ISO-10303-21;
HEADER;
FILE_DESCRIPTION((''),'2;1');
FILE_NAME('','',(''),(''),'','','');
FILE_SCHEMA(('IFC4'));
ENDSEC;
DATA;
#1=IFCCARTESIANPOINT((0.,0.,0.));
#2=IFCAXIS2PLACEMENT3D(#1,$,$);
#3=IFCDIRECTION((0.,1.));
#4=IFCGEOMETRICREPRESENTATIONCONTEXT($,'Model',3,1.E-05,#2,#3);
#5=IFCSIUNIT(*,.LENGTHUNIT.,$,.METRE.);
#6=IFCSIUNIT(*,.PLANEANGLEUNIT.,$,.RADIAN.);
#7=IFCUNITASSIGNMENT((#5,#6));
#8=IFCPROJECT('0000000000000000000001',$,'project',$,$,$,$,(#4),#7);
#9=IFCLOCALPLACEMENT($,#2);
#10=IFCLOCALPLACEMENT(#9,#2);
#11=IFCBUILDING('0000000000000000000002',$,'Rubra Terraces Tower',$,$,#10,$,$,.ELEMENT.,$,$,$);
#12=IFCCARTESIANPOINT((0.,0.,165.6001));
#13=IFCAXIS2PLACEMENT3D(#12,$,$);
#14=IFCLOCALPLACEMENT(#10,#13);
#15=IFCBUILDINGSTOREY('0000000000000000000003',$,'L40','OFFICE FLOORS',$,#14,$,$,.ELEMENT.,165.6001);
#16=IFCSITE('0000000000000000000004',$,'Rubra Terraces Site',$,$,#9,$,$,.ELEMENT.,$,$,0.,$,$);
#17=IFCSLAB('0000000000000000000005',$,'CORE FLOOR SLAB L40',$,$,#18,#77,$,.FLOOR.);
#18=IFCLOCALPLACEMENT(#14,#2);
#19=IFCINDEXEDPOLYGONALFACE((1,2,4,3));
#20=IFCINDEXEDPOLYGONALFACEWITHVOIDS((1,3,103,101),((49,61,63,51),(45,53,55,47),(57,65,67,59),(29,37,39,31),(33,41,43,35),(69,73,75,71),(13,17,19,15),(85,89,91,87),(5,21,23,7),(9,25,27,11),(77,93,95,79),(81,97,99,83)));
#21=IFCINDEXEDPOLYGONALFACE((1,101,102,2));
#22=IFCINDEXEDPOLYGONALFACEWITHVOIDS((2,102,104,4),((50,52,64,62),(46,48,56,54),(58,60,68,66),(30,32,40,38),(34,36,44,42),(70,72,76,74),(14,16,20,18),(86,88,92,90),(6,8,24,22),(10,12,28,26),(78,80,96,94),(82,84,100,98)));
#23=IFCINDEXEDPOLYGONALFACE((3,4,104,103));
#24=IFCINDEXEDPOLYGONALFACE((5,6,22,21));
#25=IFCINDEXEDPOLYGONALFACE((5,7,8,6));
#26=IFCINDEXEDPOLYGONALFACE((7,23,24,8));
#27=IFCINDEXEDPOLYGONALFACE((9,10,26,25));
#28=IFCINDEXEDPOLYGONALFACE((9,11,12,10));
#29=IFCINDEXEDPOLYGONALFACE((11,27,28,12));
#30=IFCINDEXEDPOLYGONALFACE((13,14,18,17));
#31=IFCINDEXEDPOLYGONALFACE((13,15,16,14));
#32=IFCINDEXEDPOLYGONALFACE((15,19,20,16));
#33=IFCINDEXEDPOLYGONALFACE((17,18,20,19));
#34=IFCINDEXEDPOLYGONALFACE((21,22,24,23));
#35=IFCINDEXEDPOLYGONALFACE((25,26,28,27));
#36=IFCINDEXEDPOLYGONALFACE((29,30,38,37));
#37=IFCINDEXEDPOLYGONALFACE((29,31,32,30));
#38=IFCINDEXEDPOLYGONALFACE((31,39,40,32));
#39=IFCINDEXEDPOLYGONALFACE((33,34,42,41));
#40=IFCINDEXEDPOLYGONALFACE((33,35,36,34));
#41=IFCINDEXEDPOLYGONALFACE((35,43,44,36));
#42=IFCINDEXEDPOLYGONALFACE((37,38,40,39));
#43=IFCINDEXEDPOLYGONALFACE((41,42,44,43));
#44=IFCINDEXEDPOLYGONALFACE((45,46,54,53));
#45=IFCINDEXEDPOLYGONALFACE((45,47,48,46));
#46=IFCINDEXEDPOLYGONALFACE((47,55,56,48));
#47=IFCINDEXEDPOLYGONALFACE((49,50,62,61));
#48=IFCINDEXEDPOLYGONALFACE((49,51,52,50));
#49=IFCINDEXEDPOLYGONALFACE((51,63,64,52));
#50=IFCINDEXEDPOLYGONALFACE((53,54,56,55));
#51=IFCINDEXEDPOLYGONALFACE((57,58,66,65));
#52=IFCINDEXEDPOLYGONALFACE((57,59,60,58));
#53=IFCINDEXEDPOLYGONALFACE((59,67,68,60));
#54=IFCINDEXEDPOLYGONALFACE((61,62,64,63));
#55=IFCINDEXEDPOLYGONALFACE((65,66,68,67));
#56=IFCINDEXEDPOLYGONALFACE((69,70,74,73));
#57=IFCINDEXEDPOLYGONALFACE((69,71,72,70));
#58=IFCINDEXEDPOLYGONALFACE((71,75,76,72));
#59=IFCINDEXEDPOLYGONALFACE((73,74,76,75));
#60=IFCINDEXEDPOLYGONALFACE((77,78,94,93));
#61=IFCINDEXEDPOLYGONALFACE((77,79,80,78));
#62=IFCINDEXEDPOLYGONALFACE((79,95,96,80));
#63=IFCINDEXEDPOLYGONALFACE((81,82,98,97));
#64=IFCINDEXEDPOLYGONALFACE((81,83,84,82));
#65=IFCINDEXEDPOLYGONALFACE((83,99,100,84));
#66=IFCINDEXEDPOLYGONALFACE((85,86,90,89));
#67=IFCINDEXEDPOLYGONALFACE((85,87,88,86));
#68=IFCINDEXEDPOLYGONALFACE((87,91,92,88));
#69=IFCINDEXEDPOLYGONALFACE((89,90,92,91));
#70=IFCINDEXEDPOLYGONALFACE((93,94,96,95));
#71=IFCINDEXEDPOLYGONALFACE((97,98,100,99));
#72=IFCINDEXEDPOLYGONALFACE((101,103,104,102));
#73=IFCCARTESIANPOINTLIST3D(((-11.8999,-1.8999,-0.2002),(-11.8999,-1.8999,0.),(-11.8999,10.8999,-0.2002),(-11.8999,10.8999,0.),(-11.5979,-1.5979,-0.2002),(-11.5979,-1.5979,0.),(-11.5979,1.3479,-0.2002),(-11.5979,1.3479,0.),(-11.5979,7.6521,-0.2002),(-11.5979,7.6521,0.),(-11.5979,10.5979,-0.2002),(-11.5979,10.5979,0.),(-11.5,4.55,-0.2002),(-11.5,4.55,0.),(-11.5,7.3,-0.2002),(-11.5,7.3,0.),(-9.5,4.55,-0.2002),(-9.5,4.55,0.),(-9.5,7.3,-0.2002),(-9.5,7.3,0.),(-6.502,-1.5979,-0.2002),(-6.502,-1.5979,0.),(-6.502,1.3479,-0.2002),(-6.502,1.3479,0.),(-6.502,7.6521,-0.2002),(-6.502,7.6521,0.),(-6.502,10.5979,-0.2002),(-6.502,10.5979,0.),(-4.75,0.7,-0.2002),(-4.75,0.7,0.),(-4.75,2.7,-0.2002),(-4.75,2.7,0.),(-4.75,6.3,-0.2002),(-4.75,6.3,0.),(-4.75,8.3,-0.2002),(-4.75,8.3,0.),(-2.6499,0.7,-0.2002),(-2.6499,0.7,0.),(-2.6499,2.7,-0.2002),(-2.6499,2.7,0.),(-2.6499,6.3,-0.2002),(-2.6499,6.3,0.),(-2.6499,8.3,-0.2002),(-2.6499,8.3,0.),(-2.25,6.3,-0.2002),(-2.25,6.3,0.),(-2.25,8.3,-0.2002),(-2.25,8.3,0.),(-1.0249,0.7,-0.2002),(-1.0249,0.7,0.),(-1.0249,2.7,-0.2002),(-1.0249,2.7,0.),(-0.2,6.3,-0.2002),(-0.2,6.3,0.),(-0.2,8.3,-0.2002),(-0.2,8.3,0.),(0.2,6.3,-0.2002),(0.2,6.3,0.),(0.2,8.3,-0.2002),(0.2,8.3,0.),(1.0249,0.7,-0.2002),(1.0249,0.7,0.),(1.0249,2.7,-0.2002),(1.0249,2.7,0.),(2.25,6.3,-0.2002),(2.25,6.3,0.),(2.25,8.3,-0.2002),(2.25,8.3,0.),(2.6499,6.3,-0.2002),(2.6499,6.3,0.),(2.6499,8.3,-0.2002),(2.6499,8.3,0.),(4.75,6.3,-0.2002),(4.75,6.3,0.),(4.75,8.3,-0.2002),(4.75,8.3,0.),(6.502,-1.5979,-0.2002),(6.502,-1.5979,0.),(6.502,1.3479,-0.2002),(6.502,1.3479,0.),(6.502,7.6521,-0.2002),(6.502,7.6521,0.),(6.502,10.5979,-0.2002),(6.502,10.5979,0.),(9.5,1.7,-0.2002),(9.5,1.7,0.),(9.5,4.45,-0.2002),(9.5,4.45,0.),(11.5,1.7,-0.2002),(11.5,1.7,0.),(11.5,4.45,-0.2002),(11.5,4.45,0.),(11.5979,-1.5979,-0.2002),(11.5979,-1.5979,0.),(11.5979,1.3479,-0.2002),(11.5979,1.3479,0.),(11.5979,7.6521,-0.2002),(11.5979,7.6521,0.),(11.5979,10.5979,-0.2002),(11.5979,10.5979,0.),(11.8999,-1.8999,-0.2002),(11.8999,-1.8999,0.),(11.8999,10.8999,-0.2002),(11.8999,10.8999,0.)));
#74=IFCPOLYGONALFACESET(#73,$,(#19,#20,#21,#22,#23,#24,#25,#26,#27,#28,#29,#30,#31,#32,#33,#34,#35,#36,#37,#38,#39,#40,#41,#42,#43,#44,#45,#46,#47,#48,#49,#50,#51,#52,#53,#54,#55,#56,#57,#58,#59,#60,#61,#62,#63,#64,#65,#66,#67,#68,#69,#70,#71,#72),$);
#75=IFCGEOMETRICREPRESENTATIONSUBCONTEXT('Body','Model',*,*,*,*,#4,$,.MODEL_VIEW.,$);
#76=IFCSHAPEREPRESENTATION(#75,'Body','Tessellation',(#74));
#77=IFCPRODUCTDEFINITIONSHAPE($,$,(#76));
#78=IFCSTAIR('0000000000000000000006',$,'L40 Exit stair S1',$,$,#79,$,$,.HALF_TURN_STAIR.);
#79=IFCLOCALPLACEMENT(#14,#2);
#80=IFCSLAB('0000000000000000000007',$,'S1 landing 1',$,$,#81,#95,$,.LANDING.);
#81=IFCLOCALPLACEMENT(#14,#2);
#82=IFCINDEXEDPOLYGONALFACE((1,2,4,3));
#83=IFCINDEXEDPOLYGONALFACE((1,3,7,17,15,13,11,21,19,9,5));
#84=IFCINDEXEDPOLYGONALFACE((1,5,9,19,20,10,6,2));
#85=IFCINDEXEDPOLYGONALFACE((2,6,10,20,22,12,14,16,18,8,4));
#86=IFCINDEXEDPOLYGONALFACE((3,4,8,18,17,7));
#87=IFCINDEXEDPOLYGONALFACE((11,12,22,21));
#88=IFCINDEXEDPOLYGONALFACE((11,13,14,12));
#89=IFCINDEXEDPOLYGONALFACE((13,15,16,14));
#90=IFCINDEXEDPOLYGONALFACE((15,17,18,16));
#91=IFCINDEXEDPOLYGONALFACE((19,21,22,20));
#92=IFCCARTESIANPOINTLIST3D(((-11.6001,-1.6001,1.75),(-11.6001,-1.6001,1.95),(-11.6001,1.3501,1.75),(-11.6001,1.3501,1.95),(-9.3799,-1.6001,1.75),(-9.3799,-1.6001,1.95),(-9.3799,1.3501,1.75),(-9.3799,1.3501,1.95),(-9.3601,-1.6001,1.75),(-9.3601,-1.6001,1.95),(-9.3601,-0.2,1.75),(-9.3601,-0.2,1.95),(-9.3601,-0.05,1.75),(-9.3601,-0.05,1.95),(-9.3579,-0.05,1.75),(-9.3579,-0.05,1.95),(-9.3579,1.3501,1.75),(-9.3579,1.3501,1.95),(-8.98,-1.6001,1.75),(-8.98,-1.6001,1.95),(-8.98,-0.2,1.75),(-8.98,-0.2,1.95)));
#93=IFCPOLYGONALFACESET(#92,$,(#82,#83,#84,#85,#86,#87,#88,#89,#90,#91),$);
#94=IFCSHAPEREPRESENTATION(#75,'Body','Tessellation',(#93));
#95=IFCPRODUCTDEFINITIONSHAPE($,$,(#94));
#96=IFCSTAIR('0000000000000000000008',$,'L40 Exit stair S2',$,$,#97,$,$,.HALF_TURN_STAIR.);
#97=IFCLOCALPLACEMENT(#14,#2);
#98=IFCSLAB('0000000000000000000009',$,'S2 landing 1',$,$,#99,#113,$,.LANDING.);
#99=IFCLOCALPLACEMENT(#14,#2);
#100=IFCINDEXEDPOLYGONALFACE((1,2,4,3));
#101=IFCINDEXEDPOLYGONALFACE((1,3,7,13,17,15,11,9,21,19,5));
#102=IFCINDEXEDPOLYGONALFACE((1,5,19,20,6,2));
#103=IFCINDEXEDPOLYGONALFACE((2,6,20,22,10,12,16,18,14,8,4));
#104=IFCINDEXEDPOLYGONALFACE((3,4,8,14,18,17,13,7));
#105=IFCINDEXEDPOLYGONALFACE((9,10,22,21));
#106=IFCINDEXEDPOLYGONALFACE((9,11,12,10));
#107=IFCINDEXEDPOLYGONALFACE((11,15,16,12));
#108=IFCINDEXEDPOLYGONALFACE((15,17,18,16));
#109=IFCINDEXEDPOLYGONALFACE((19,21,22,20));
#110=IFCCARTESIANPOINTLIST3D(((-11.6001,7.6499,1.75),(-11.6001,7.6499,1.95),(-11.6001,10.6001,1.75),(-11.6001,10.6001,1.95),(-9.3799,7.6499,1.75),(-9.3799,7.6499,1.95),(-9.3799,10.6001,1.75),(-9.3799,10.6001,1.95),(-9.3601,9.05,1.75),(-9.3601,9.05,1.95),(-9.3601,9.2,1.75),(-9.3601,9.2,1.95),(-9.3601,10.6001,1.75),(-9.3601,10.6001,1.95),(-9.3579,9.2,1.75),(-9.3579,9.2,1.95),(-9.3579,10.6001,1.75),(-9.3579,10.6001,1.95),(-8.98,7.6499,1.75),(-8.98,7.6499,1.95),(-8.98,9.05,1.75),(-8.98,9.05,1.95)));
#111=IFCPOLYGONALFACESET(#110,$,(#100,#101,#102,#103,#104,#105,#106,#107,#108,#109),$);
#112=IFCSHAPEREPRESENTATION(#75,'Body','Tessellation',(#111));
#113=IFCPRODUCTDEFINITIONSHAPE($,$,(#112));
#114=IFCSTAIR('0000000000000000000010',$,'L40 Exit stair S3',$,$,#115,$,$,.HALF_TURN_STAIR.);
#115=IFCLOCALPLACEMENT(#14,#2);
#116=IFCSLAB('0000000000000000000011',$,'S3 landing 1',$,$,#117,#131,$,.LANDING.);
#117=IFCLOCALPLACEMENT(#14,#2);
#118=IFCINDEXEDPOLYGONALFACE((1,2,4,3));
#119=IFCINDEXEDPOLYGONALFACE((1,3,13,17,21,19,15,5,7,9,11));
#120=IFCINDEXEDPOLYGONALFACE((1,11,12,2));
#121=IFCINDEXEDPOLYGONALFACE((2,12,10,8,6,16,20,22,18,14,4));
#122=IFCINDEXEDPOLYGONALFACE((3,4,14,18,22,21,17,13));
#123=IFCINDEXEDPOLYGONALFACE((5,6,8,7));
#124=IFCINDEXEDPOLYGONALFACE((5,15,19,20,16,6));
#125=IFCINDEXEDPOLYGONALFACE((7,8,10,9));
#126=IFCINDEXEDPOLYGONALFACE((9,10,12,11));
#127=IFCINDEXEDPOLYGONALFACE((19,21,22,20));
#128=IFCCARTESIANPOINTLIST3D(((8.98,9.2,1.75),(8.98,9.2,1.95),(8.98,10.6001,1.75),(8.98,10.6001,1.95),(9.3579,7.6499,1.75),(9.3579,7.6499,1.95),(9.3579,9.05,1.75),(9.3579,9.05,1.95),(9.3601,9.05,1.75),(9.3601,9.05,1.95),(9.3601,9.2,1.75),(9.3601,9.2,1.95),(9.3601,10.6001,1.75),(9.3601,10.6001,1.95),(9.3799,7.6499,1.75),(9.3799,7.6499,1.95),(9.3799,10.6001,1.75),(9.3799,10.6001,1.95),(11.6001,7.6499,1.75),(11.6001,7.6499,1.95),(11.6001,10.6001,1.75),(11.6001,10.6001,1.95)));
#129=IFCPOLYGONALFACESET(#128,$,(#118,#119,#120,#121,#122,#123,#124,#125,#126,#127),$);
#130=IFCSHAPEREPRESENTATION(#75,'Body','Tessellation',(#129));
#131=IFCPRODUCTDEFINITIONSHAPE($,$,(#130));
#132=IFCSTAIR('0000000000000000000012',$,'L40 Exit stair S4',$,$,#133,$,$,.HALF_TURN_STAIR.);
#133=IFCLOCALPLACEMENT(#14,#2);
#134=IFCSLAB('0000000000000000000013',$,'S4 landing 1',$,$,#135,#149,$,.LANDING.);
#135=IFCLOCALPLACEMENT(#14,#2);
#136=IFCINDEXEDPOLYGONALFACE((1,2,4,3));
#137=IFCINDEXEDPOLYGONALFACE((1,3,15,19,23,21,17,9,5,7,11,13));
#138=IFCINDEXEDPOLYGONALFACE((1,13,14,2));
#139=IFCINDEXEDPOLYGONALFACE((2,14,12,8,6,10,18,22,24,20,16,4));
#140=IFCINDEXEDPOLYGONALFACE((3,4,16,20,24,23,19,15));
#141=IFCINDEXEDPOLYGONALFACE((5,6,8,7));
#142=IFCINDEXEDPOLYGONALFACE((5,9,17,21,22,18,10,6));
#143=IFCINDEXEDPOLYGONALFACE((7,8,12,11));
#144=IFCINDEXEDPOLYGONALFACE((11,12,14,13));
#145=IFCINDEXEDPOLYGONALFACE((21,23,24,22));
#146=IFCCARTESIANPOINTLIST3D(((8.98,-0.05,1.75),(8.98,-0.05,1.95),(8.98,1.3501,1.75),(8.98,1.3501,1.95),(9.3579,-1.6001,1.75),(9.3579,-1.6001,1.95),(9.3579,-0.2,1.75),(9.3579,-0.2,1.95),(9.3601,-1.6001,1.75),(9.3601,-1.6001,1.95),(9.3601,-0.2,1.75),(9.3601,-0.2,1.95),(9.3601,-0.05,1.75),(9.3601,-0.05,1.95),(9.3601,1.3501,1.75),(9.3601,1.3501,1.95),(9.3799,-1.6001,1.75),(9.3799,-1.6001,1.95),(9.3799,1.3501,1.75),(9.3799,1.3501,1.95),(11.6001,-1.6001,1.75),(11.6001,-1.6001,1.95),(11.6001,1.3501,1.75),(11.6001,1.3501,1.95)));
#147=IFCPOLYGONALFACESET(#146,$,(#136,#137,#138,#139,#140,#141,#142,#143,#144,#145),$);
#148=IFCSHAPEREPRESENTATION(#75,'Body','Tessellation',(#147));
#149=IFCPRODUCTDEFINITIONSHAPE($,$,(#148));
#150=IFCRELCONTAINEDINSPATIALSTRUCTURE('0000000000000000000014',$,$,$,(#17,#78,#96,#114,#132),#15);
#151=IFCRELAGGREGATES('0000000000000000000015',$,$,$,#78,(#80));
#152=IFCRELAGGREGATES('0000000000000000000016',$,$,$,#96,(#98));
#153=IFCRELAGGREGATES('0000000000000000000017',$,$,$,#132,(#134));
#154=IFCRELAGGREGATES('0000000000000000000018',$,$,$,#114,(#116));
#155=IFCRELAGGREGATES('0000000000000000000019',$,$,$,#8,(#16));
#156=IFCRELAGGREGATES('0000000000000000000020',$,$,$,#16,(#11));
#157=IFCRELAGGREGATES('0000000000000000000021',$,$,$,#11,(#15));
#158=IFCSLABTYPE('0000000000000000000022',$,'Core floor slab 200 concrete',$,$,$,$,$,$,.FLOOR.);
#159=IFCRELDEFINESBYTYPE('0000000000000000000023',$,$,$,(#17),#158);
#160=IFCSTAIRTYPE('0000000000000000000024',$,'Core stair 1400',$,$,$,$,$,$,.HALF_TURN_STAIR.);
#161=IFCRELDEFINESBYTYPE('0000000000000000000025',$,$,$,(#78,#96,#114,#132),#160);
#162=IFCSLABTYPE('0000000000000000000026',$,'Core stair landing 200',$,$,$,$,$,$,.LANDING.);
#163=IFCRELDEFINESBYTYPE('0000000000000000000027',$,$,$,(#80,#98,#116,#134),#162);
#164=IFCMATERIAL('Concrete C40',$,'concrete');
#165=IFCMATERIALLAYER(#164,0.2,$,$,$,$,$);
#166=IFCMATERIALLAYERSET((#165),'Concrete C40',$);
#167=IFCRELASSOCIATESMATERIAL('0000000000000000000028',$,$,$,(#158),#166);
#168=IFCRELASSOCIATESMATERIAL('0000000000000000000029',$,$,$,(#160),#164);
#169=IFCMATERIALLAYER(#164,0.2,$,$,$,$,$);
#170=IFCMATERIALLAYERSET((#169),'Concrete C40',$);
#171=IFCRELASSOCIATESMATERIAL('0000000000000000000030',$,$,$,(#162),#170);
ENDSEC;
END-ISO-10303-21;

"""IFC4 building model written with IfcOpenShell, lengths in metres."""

from ifc_helpers import new_model, si_unit, direction, frame, origin, place, context, subcontext, project, spatial, polyline, outline, extrude, material, layer, layer_set, type_object, element, aggregate, save


model = new_model("IFC4")

# Units and contexts
model_context = context("Model", 3, precision=1e-05, world=origin(), true_north=direction((0.0, 1.0)))
body_context = subcontext(model_context, "Body", "Model", "MODEL_VIEW")
ifc_project = project(units=[si_unit("LENGTHUNIT", "METRE"), si_unit("PLANEANGLEUNIT", "RADIAN")], contexts=[model_context])

# Site, building, storey
site_placement = place(None, origin())
site = spatial("IfcSite", under=ifc_project, at=site_placement, Name="Rubra Terraces Site", CompositionType="ELEMENT", RefElevation=0.0)
building_placement = place(site_placement, origin())
building = spatial("IfcBuilding", under=site, at=building_placement, Name="Rubra Terraces Tower", CompositionType="ELEMENT")
storey_placement = place(building_placement, frame((0.0, 0.0, 165.6001)))
storey = spatial("IfcBuildingStorey", under=building, at=storey_placement, Name="L40", Description="OFFICE FLOORS", CompositionType="ELEMENT", Elevation=165.6001)

# Slab
ifc_material_1 = material(Name="Concrete C40", Category="concrete")
ifc_layer_1 = layer(ifc_material_1, 0.2)
ifc_layer_set_1 = layer_set([ifc_layer_1], Name="Concrete C40")
slab_type_1 = type_object("IfcSlabType", Name="Core floor slab 200 concrete", PredefinedType="FLOOR", material=ifc_layer_set_1)
slab_1_placement = place(storey_placement, frame((0.0, 0.0, -0.2002)))
element("IfcSlab", 1, at=slab_1_placement, inside=storey, type_object=slab_type_1, Name="CORE FLOOR SLAB L40", PredefinedType="FLOOR", context=body_context, shape_type="SweptSolid", body=[
    extrude(outline(polyline([(-11.8999, -1.8999), (-11.8999, 10.8999), (11.8999, 10.8999), (11.8999, -1.8999), (-11.8999, -1.8999)]), holes=[polyline([(11.5979, 1.3479), (6.502, 1.3479), (6.502, -1.5979), (11.5979, -1.5979), (11.5979, 1.3479)]), polyline([(11.5979, 7.6521), (11.5979, 10.5979), (6.502, 10.5979), (6.502, 7.6521), (11.5979, 7.6521)]), polyline([(9.5, 1.7), (11.5, 1.7), (11.5, 4.45), (9.5, 4.45), (9.5, 1.7)]), polyline([(4.75, 6.3), (4.75, 8.3), (2.6499, 8.3), (2.6499, 6.3), (4.75, 6.3)]), polyline([(2.25, 8.3), (0.2, 8.3), (0.2, 6.3), (2.25, 6.3), (2.25, 8.3)]), polyline([(1.0249, 0.7), (1.0249, 2.7), (-1.0249, 2.7), (-1.0249, 0.7), (1.0249, 0.7)]), polyline([(-0.2, 6.3), (-0.2, 8.3), (-2.25, 8.3), (-2.25, 6.3), (-0.2, 6.3)]), polyline([(-4.75, 8.3), (-4.75, 6.3), (-2.6499, 6.3), (-2.6499, 8.3), (-4.75, 8.3)]), polyline([(-2.6499, 0.7), (-2.6499, 2.7), (-4.75, 2.7), (-4.75, 0.7), (-2.6499, 0.7)]), polyline([(-11.5979, -1.5979), (-6.502, -1.5979), (-6.502, 1.3479), (-11.5979, 1.3479), (-11.5979, -1.5979)]), polyline([(-11.5979, 10.5979), (-11.5979, 7.6521), (-6.502, 7.6521), (-6.502, 10.5979), (-11.5979, 10.5979)]), polyline([(-9.5, 4.55), (-9.5, 7.3), (-11.5, 7.3), (-11.5, 4.55), (-9.5, 4.55)])]), origin(), (0.0, 0.0, 1.0), 0.2002),
])

# Stairs, slabs
stair_type = type_object("IfcStairType", Name="Core stair 1400", PredefinedType="HALF_TURN_STAIR", material=ifc_material_1)
stair_1_placement = place(storey_placement, origin())
stair_1 = element("IfcStair", 2, at=stair_1_placement, inside=storey, type_object=stair_type, Name="L40 Exit stair S1", PredefinedType="HALF_TURN_STAIR")
ifc_layer_2 = layer(ifc_material_1, 0.2)
ifc_layer_set_2 = layer_set([ifc_layer_2], Name="Concrete C40")
slab_type_2 = type_object("IfcSlabType", Name="Core stair landing 200", PredefinedType="LANDING", material=ifc_layer_set_2)
slab_2_placement = place(storey_placement, frame((0.0, 0.0, 1.75)))
slab_2 = element("IfcSlab", 3, at=slab_2_placement, type_object=slab_type_2, Name="S1 landing 1", PredefinedType="LANDING", context=body_context, shape_type="SweptSolid", body=[
    extrude(outline(polyline([(-8.98, -0.2), (-8.98, -1.6001), (-9.3601, -1.6001), (-9.3799, -1.6001), (-11.6001, -1.6001), (-11.6001, 1.3501), (-9.3799, 1.3501), (-9.3579, 1.3501), (-9.3579, -0.05), (-9.3601, -0.05), (-9.3601, -0.2), (-8.98, -0.2)])), origin(), (0.0, 0.0, 1.0), 0.2),
])
aggregate(stair_1, [slab_2])
stair_2_placement = place(storey_placement, origin())
stair_2 = element("IfcStair", 4, at=stair_2_placement, inside=storey, type_object=stair_type, Name="L40 Exit stair S2", PredefinedType="HALF_TURN_STAIR")
slab_3_placement = place(storey_placement, frame((0.0, 0.0, 1.75)))
slab_3 = element("IfcSlab", 5, at=slab_3_placement, type_object=slab_type_2, Name="S2 landing 1", PredefinedType="LANDING", context=body_context, shape_type="SweptSolid", body=[
    extrude(outline(polyline([(-8.98, 9.05), (-8.98, 7.6499), (-9.3799, 7.6499), (-11.6001, 7.6499), (-11.6001, 10.6001), (-9.3799, 10.6001), (-9.3601, 10.6001), (-9.3579, 10.6001), (-9.3579, 9.2), (-9.3601, 9.2), (-9.3601, 9.05), (-8.98, 9.05)])), origin(), (0.0, 0.0, 1.0), 0.2),
])
aggregate(stair_2, [slab_3])
stair_3_placement = place(storey_placement, origin())
stair_3 = element("IfcStair", 6, at=stair_3_placement, inside=storey, type_object=stair_type, Name="L40 Exit stair S3", PredefinedType="HALF_TURN_STAIR")
slab_4_placement = place(storey_placement, frame((0.0, 0.0, 1.75)))
slab_4 = element("IfcSlab", 7, at=slab_4_placement, type_object=slab_type_2, Name="S3 landing 1", PredefinedType="LANDING", context=body_context, shape_type="SweptSolid", body=[
    extrude(outline(polyline([(9.3601, 9.05), (9.3601, 9.2), (8.98, 9.2), (8.98, 10.6001), (9.3601, 10.6001), (9.3799, 10.6001), (11.6001, 10.6001), (11.6001, 7.6499), (9.3799, 7.6499), (9.3579, 7.6499), (9.3579, 9.05), (9.3601, 9.05)])), origin(), (0.0, 0.0, 1.0), 0.2),
])
stair_4_placement = place(storey_placement, origin())
stair_4 = element("IfcStair", 8, at=stair_4_placement, inside=storey, type_object=stair_type, Name="L40 Exit stair S4", PredefinedType="HALF_TURN_STAIR")
slab_5_placement = place(storey_placement, frame((0.0, 0.0, 1.75)))
slab_5 = element("IfcSlab", 9, at=slab_5_placement, type_object=slab_type_2, Name="S4 landing 1", PredefinedType="LANDING", context=body_context, shape_type="SweptSolid", body=[
    extrude(outline(polyline([(9.3601, -0.2), (9.3601, -0.05), (8.98, -0.05), (8.98, 1.3501), (9.3601, 1.3501), (9.3799, 1.3501), (11.6001, 1.3501), (11.6001, -1.6001), (9.3799, -1.6001), (9.3601, -1.6001), (9.3579, -1.6001), (9.3579, -0.2), (9.3601, -0.2)])), origin(), (0.0, 0.0, 1.0), 0.2),
])
aggregate(stair_4, [slab_5])

aggregate(stair_3, [slab_4])

save(model, "model.ifc")
